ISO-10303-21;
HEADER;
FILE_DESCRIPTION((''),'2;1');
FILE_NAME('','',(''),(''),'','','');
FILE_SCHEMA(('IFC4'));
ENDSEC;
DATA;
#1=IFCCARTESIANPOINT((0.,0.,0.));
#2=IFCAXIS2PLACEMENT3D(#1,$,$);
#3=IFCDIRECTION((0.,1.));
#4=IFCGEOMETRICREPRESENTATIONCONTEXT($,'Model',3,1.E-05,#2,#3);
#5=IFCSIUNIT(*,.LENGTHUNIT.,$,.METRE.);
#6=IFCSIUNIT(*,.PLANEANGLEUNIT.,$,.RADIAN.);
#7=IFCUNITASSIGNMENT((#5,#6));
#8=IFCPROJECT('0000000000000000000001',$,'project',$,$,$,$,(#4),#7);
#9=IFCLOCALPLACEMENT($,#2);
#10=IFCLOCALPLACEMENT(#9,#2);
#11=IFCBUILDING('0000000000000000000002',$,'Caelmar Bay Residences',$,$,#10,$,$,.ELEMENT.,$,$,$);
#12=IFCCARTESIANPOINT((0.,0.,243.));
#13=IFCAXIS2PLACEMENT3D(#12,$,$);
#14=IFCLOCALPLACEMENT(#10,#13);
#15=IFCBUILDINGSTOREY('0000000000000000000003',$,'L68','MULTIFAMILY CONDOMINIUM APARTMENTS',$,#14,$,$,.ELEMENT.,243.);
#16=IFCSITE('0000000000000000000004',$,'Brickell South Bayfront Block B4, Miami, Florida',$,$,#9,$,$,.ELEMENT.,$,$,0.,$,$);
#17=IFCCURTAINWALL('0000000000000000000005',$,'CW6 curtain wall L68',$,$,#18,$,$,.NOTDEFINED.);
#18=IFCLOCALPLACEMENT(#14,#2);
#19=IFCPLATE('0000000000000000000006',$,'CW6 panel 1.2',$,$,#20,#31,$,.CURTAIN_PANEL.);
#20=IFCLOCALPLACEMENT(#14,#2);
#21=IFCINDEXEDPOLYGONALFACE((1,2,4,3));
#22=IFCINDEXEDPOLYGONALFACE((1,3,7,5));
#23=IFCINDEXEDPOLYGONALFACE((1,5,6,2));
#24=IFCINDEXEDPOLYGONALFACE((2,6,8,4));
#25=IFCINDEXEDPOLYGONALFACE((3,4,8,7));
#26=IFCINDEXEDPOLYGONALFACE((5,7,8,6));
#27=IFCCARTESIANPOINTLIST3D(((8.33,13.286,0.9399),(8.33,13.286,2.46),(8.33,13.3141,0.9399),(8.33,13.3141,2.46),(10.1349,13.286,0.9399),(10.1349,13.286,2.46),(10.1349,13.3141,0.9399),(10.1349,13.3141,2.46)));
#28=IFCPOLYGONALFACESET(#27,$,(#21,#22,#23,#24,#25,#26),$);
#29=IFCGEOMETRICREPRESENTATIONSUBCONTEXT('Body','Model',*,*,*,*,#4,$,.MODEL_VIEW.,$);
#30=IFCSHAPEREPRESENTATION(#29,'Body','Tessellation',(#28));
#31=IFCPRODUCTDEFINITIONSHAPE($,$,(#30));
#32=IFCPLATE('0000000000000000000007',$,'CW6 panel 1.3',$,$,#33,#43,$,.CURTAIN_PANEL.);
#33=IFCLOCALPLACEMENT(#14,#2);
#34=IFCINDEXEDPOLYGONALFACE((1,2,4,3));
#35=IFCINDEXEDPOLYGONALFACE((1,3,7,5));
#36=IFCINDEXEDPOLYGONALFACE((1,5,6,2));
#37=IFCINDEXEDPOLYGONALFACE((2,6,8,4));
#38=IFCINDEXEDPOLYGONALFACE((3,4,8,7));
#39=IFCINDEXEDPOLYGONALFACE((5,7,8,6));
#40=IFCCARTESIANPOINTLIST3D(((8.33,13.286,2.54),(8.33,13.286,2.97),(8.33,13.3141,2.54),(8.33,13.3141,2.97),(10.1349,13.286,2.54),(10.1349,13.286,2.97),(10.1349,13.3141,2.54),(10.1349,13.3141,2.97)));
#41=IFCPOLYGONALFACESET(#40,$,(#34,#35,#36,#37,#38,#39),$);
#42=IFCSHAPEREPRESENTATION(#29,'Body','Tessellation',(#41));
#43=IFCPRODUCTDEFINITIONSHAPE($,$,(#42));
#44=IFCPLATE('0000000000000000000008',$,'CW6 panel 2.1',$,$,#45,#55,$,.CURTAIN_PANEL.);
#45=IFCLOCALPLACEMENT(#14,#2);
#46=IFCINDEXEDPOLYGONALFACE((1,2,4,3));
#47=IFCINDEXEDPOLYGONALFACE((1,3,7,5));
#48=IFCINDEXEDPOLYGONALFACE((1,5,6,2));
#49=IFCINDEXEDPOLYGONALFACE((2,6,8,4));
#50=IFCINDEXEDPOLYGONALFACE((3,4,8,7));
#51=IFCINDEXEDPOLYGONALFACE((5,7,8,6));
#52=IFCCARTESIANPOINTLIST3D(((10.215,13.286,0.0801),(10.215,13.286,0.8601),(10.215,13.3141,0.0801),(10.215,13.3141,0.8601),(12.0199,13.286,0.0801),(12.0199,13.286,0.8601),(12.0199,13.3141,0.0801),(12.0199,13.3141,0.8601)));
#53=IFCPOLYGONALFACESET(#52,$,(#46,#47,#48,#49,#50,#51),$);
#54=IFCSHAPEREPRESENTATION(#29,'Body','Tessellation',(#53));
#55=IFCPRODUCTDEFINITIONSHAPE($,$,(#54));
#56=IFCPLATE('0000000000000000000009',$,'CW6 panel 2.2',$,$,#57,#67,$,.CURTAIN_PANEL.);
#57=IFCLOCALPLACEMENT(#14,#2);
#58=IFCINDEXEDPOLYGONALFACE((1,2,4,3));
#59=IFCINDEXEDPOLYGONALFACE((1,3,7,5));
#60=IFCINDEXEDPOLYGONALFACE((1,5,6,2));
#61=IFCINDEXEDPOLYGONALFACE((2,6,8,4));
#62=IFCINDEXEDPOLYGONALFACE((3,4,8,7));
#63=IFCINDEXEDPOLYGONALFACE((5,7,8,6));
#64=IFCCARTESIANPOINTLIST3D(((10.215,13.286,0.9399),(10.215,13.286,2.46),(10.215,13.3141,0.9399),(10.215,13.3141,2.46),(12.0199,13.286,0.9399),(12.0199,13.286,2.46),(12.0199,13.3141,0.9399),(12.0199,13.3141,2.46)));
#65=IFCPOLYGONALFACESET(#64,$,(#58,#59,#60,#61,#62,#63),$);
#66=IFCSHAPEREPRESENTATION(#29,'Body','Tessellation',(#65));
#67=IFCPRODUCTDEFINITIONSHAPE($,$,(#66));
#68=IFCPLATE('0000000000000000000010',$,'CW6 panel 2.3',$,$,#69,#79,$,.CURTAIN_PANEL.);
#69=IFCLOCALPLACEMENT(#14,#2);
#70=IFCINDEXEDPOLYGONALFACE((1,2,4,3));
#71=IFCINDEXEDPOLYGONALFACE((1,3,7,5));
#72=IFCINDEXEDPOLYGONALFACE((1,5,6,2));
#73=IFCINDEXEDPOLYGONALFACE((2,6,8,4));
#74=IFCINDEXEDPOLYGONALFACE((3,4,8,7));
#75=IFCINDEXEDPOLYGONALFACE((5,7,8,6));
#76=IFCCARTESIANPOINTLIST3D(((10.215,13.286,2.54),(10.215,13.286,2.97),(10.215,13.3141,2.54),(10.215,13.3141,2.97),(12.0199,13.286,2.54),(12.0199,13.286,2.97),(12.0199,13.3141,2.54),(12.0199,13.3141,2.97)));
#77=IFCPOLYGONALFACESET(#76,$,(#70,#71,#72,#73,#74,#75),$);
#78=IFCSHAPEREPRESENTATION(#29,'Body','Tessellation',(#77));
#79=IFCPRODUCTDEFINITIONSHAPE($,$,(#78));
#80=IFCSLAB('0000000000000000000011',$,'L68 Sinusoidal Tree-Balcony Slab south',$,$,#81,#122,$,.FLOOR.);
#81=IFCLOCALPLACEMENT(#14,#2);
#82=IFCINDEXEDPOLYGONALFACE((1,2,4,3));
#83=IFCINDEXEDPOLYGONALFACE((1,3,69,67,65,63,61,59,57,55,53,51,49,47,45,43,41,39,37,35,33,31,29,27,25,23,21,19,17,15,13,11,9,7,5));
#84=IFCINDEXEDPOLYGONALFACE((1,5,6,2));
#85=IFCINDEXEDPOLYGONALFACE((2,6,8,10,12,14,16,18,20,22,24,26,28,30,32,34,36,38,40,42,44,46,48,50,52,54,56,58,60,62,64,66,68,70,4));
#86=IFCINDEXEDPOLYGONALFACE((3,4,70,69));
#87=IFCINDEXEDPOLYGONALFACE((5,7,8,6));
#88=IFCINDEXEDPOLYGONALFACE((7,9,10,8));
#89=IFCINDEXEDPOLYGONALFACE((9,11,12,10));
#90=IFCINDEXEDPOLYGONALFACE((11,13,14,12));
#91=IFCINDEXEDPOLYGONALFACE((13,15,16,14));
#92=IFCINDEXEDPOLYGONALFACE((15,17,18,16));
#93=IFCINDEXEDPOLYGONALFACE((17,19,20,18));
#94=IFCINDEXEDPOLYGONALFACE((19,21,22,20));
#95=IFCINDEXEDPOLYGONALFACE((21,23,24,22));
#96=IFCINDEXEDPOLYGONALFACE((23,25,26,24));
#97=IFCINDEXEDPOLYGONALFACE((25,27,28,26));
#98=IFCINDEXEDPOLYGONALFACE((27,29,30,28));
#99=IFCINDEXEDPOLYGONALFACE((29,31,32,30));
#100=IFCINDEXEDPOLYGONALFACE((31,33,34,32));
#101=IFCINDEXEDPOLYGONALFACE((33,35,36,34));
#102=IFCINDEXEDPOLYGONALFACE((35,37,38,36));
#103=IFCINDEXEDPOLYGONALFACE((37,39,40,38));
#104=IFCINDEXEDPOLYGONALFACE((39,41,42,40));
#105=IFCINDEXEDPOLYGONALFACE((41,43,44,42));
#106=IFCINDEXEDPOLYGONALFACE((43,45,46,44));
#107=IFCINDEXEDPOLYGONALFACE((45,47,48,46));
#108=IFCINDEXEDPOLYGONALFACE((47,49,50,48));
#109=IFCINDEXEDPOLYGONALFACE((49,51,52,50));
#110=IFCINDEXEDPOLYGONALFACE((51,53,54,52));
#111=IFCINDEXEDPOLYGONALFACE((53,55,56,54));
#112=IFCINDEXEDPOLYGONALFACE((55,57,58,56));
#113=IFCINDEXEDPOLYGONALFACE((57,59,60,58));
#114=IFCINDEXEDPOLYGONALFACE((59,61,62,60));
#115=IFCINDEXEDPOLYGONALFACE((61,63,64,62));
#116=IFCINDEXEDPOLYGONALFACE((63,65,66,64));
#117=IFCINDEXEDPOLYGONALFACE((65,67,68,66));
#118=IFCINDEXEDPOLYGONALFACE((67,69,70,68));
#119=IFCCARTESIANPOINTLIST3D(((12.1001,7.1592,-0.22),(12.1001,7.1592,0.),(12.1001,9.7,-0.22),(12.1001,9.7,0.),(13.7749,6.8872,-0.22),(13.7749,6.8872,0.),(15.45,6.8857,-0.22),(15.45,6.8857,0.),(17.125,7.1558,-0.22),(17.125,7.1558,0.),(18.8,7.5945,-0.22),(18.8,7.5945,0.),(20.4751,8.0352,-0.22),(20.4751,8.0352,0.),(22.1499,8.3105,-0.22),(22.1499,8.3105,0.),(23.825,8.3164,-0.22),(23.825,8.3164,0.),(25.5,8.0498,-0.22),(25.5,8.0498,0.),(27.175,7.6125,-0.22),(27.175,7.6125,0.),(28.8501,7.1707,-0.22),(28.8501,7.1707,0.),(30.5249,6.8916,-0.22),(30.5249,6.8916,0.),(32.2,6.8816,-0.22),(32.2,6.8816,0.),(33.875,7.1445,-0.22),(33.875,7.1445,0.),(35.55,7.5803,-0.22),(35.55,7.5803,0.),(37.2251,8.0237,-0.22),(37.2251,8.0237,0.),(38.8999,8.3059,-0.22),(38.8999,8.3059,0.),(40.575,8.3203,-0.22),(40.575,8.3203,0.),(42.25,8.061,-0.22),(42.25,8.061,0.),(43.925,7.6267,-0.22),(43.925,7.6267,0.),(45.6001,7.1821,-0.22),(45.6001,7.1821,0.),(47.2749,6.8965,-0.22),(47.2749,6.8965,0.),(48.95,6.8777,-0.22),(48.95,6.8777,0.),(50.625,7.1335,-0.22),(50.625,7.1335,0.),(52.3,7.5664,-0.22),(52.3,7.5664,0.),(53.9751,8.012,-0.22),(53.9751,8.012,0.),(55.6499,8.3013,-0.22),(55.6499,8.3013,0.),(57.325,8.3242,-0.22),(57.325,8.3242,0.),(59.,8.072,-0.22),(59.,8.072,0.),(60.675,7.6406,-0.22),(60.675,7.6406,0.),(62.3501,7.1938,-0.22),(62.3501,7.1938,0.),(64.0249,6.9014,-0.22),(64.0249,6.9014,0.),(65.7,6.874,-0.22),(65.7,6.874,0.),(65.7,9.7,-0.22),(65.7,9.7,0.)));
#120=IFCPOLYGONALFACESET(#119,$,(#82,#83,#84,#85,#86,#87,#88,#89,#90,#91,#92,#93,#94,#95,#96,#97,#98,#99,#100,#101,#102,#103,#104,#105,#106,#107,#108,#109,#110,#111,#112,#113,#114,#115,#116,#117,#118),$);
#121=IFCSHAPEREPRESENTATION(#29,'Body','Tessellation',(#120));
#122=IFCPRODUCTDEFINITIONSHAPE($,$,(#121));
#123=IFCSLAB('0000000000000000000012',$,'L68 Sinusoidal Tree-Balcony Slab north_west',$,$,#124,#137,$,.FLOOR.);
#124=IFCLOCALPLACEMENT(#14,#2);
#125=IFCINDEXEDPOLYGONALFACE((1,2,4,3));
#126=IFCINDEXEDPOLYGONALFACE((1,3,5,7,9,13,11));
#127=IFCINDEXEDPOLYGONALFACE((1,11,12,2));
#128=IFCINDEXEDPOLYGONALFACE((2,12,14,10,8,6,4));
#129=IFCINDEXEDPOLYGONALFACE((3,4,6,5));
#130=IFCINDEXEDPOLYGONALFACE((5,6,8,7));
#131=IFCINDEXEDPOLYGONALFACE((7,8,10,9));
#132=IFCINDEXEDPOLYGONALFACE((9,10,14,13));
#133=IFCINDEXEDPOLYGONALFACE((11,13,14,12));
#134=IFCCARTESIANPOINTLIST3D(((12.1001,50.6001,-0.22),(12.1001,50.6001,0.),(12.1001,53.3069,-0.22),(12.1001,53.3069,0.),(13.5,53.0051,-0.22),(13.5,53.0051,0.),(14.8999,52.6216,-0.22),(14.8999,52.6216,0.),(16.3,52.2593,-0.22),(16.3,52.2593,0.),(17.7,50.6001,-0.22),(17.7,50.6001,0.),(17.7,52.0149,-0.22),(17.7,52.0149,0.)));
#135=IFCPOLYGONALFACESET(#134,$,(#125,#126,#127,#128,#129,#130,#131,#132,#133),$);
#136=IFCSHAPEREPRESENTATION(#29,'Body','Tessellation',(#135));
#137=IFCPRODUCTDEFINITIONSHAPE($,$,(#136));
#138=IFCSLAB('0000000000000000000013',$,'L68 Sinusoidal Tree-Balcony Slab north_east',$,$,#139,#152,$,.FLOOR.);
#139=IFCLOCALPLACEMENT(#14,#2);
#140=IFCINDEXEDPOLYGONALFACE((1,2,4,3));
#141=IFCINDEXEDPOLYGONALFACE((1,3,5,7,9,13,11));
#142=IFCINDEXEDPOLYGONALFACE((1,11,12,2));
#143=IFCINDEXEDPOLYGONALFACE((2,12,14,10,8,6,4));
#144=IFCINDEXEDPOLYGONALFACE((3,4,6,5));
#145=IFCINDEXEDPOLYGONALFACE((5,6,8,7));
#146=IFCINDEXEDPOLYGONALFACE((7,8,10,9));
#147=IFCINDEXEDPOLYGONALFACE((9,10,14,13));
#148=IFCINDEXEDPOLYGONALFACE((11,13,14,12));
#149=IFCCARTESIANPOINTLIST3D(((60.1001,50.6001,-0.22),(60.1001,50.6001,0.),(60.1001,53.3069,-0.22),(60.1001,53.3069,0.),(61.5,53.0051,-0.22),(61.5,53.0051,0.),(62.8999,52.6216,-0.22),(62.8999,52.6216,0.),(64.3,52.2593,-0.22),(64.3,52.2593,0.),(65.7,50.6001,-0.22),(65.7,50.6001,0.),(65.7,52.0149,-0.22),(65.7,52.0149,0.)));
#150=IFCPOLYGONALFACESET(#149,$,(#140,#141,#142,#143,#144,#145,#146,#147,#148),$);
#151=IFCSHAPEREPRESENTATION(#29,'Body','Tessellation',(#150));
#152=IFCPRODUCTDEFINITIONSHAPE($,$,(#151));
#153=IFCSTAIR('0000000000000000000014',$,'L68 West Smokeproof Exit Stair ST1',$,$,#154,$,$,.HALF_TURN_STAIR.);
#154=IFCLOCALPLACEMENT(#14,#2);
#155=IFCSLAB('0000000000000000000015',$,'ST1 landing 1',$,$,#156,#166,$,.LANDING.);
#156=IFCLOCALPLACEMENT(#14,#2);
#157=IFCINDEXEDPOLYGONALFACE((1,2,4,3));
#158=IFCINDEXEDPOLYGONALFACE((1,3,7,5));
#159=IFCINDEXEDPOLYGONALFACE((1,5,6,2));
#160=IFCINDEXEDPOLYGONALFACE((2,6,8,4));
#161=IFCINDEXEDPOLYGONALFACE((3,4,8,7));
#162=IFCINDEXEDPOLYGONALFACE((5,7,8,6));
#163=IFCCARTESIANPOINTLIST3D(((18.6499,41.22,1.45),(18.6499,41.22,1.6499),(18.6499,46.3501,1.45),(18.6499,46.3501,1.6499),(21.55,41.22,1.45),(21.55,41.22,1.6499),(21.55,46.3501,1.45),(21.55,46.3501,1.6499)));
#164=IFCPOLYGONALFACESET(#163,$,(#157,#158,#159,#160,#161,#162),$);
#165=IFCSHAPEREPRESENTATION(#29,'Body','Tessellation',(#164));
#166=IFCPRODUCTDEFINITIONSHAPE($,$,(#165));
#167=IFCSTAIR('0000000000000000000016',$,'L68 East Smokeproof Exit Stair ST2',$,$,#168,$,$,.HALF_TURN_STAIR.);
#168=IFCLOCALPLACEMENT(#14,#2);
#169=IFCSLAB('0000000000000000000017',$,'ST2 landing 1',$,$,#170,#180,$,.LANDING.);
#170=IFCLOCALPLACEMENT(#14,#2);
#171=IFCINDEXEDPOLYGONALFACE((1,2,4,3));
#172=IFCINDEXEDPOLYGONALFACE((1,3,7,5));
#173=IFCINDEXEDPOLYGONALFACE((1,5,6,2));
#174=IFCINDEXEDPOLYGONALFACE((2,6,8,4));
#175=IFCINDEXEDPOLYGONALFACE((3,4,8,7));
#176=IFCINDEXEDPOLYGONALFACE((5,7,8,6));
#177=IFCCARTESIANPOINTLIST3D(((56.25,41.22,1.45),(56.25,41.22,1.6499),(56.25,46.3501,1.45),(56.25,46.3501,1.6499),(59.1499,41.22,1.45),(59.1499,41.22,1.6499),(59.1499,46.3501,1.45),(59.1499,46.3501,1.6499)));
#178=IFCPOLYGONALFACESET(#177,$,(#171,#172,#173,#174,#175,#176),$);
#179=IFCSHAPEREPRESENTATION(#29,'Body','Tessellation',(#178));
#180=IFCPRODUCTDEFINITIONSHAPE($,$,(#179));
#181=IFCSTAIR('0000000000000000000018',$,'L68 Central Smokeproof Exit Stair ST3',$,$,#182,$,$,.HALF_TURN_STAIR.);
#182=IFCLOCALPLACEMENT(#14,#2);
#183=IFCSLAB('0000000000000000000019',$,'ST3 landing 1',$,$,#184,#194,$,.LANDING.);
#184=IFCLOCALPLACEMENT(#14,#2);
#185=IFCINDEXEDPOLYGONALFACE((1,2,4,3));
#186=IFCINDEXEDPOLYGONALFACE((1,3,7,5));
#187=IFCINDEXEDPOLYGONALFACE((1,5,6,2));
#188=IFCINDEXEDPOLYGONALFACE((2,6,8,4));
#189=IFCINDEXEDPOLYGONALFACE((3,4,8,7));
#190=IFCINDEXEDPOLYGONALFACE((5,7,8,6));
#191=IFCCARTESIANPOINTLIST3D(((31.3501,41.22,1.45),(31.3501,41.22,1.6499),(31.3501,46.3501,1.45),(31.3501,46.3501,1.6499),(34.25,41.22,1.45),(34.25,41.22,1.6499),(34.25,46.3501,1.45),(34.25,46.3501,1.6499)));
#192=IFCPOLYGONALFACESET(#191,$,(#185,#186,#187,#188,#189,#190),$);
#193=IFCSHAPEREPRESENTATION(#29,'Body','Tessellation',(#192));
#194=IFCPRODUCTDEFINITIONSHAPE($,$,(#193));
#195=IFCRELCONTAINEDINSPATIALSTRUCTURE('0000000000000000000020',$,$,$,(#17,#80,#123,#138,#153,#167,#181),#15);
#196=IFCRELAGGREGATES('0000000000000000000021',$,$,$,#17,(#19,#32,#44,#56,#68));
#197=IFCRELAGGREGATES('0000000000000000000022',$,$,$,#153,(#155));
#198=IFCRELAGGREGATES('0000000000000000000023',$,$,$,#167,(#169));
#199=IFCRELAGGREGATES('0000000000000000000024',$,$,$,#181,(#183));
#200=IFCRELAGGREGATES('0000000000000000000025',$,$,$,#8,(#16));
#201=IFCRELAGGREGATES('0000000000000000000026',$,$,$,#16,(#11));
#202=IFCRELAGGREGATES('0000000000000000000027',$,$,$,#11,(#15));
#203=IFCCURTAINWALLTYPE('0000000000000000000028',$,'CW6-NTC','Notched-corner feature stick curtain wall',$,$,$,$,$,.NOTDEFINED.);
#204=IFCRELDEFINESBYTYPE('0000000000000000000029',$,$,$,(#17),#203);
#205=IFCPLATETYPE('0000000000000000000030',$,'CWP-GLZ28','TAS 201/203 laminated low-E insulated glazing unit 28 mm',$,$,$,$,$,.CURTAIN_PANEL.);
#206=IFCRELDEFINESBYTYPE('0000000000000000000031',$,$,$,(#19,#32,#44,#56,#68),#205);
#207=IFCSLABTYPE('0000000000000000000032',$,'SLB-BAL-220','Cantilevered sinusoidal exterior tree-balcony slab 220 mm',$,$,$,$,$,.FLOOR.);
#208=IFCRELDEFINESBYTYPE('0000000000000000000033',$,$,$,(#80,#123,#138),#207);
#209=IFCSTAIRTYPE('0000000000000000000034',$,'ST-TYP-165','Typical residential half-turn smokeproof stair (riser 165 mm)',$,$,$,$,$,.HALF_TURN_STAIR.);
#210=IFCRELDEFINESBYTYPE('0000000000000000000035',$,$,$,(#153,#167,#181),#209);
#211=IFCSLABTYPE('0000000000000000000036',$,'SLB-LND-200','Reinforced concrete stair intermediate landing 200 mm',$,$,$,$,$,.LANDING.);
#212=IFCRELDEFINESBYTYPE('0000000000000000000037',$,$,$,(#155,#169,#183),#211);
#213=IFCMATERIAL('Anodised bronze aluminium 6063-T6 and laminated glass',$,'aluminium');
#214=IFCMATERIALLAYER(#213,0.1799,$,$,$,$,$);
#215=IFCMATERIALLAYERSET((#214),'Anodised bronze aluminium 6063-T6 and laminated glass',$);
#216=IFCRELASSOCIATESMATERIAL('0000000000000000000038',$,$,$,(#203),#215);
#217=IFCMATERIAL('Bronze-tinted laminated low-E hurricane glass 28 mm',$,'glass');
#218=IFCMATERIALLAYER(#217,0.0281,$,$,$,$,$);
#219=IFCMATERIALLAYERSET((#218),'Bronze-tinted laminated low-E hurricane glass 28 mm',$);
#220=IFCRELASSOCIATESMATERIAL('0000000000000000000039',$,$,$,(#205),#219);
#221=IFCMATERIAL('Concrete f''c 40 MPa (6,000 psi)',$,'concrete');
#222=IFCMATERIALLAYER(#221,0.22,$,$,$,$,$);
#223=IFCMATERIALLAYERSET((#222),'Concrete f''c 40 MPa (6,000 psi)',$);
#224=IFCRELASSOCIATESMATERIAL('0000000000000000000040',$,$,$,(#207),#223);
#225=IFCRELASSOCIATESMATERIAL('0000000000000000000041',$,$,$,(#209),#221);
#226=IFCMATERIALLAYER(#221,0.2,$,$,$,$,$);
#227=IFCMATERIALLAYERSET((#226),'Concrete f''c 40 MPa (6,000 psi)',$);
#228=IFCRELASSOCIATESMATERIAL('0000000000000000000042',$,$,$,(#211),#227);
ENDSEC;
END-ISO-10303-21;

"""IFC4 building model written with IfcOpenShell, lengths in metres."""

from ifc_helpers import new_model, si_unit, direction, frame, origin, origin_2d, place, context, subcontext, project, spatial, polyline, rectangle, outline, extrude, material, layer, layer_set, type_object, element, aggregate, save


model = new_model("IFC4")

# Units and contexts
model_context = context("Model", 3, precision=1e-05, world=origin(), true_north=direction((0.0, 1.0)))
body_context = subcontext(model_context, "Body", "Model", "MODEL_VIEW")
ifc_project = project(units=[si_unit("LENGTHUNIT", "METRE"), si_unit("PLANEANGLEUNIT", "RADIAN")], contexts=[model_context])

# Site, building, storey
site_placement = place(None, origin())
site = spatial("IfcSite", under=ifc_project, at=site_placement, Name="Brickell South Bayfront Block B4, Miami, Florida", CompositionType="ELEMENT", RefElevation=0.0)
building_placement = place(site_placement, origin())
building = spatial("IfcBuilding", under=site, at=building_placement, Name="Caelmar Bay Residences", CompositionType="ELEMENT")
storey_placement = place(building_placement, frame((0.0, 0.0, 243.0)))
storey = spatial("IfcBuildingStorey", under=building, at=storey_placement, Name="L68", Description="MULTIFAMILY CONDOMINIUM APARTMENTS", CompositionType="ELEMENT", Elevation=243.0)

# Curtain wall
ifc_material_1 = material(Name="Anodised bronze aluminium 6063-T6 and laminated glass", Category="aluminium")
ifc_layer_1 = layer(ifc_material_1, 0.1799)
ifc_layer_set_1 = layer_set([ifc_layer_1], Name="Anodised bronze aluminium 6063-T6 and laminated glass")
curtain_wall_type_1 = type_object("IfcCurtainWallType", Name="CW6-NTC", Description="Notched-corner feature stick curtain wall", PredefinedType="NOTDEFINED", material=ifc_layer_set_1)
curtain_wall_1_placement = place(storey_placement, origin())
curtain_wall_1 = element("IfcCurtainWall", 1, at=curtain_wall_1_placement, inside=storey, type_object=curtain_wall_type_1, Name="CW6 curtain wall L68", PredefinedType="NOTDEFINED")

# Plates
ifc_material_2 = material(Name="Bronze-tinted laminated low-E hurricane glass 28 mm", Category="glass")
ifc_layer_2 = layer(ifc_material_2, 0.0281)
ifc_layer_set_2 = layer_set([ifc_layer_2], Name="Bronze-tinted laminated low-E hurricane glass 28 mm")
plate_type = type_object("IfcPlateType", Name="CWP-GLZ28", Description="TAS 201/203 laminated low-E insulated glazing unit 28 mm", PredefinedType="CURTAIN_PANEL", material=ifc_layer_set_2)
plate_1_placement = place(storey_placement, frame((9.2324, 13.3, 0.9399), z_axis=(0.0, 0.0, 1.0), x_axis=(1.0, 0.0, 0.0)))
plate_1 = element("IfcPlate", 2, at=plate_1_placement, type_object=plate_type, Name="CW6 panel 1.2", PredefinedType="CURTAIN_PANEL", context=body_context, shape_type="SweptSolid", body=[
    extrude(rectangle(XDim=1.8049, YDim=0.0281, at=origin_2d()), origin(), (0.0, 0.0, 1.0), 1.52),
])
plate_2_placement = place(storey_placement, frame((9.2324, 13.3, 2.54), z_axis=(0.0, 0.0, 1.0), x_axis=(1.0, 0.0, 0.0)))
plate_2 = element("IfcPlate", 3, at=plate_2_placement, type_object=plate_type, Name="CW6 panel 1.3", PredefinedType="CURTAIN_PANEL", context=body_context, shape_type="SweptSolid", body=[
    extrude(rectangle(XDim=1.8049, YDim=0.0281, at=origin_2d()), origin(), (0.0, 0.0, 1.0), 0.4299),
])
plate_3_placement = place(storey_placement, frame((11.1174, 13.3, 0.0801), z_axis=(0.0, 0.0, 1.0), x_axis=(1.0, 0.0, 0.0)))
plate_3 = element("IfcPlate", 4, at=plate_3_placement, type_object=plate_type, Name="CW6 panel 2.1", PredefinedType="CURTAIN_PANEL", context=body_context, shape_type="SweptSolid", body=[
    extrude(rectangle(XDim=1.8049, YDim=0.0281, at=origin_2d()), origin(), (0.0, 0.0, 1.0), 0.78),
])
plate_4_placement = place(storey_placement, frame((11.1174, 13.3, 0.9399), z_axis=(0.0, 0.0, 1.0), x_axis=(1.0, 0.0, 0.0)))
plate_4 = element("IfcPlate", 5, at=plate_4_placement, type_object=plate_type, Name="CW6 panel 2.2", PredefinedType="CURTAIN_PANEL", context=body_context, shape_type="SweptSolid", body=[
    extrude(rectangle(XDim=1.8049, YDim=0.0281, at=origin_2d()), origin(), (0.0, 0.0, 1.0), 1.52),
])
plate_5_placement = place(storey_placement, frame((11.1174, 13.3, 2.54), z_axis=(0.0, 0.0, 1.0), x_axis=(1.0, 0.0, 0.0)))
plate_5 = element("IfcPlate", 6, at=plate_5_placement, type_object=plate_type, Name="CW6 panel 2.3", PredefinedType="CURTAIN_PANEL", context=body_context, shape_type="SweptSolid", body=[
    extrude(rectangle(XDim=1.8049, YDim=0.0281, at=origin_2d()), origin(), (0.0, 0.0, 1.0), 0.4299),
])
aggregate(curtain_wall_1, [plate_1, plate_2, plate_3, plate_4, plate_5])

# Slabs
ifc_material_3 = material(Name="Concrete f'c 40 MPa (6,000 psi)", Category="concrete")
ifc_layer_3 = layer(ifc_material_3, 0.22)
ifc_layer_set_3 = layer_set([ifc_layer_3], Name="Concrete f'c 40 MPa (6,000 psi)")
slab_type_1 = type_object("IfcSlabType", Name="SLB-BAL-220", Description="Cantilevered sinusoidal exterior tree-balcony slab 220 mm", PredefinedType="FLOOR", material=ifc_layer_set_3)
slab_1_placement = place(storey_placement, frame((0.0, 0.0, -0.22)))
element("IfcSlab", 7, at=slab_1_placement, inside=storey, type_object=slab_type_1, Name="L68 Sinusoidal Tree-Balcony Slab south", PredefinedType="FLOOR", context=body_context, shape_type="SweptSolid", body=[
    extrude(outline(polyline([(12.1001, 7.1592), (13.7749, 6.8872), (15.45, 6.8857), (17.125, 7.1558), (18.8, 7.5945), (20.4751, 8.0352), (22.1499, 8.3105), (23.825, 8.3164), (25.5, 8.0498), (27.175, 7.6125), (28.8501, 7.1707), (30.5249, 6.8916), (32.2, 6.8816), (33.875, 7.1445), (35.55, 7.5803), (37.2251, 8.0237), (38.8999, 8.3059), (40.575, 8.3203), (42.25, 8.061), (43.925, 7.6267), (45.6001, 7.1821), (47.2749, 6.8965), (48.95, 6.8777), (50.625, 7.1335), (52.3, 7.5664), (53.9751, 8.012), (55.6499, 8.3013), (57.325, 8.3242), (59.0, 8.072), (60.675, 7.6406), (62.3501, 7.1938), (64.0249, 6.9014), (65.7, 6.874), (65.7, 9.7), (12.1001, 9.7), (12.1001, 7.1592)])), origin(), (0.0, 0.0, 1.0), 0.22),
])
slab_2_placement = place(storey_placement, frame((0.0, 0.0, -0.22)))
element("IfcSlab", 8, at=slab_2_placement, inside=storey, type_object=slab_type_1, Name="L68 Sinusoidal Tree-Balcony Slab north_west", PredefinedType="FLOOR", context=body_context, shape_type="SweptSolid", body=[
    extrude(outline(polyline([(12.1001, 50.6001), (17.7, 50.6001), (17.7, 52.0149), (16.3, 52.2593), (14.8999, 52.6216), (13.5, 53.0051), (12.1001, 53.3069), (12.1001, 50.6001)])), origin(), (0.0, 0.0, 1.0), 0.22),
])
slab_3_placement = place(storey_placement, frame((0.0, 0.0, -0.22)))
element("IfcSlab", 9, at=slab_3_placement, inside=storey, type_object=slab_type_1, Name="L68 Sinusoidal Tree-Balcony Slab north_east", PredefinedType="FLOOR", context=body_context, shape_type="SweptSolid", body=[
    extrude(outline(polyline([(60.1001, 50.6001), (65.7, 50.6001), (65.7, 52.0149), (64.3, 52.2593), (62.8999, 52.6216), (61.5, 53.0051), (60.1001, 53.3069), (60.1001, 50.6001)])), origin(), (0.0, 0.0, 1.0), 0.22),
])

# Stairs, slabs
stair_type = type_object("IfcStairType", Name="ST-TYP-165", Description="Typical residential half-turn smokeproof stair (riser 165 mm)", PredefinedType="HALF_TURN_STAIR", material=ifc_material_3)
stair_1_placement = place(storey_placement, origin())
stair_1 = element("IfcStair", 10, at=stair_1_placement, inside=storey, type_object=stair_type, Name="L68 West Smokeproof Exit Stair ST1", PredefinedType="HALF_TURN_STAIR")
ifc_layer_4 = layer(ifc_material_3, 0.2)
ifc_layer_set_4 = layer_set([ifc_layer_4], Name="Concrete f'c 40 MPa (6,000 psi)")
slab_type_2 = type_object("IfcSlabType", Name="SLB-LND-200", Description="Reinforced concrete stair intermediate landing 200 mm", PredefinedType="LANDING", material=ifc_layer_set_4)
slab_4_placement = place(storey_placement, frame((0.0, 0.0, 1.45)))
slab_4 = element("IfcSlab", 11, at=slab_4_placement, type_object=slab_type_2, Name="ST1 landing 1", PredefinedType="LANDING", context=body_context, shape_type="SweptSolid", body=[
    extrude(outline(polyline([(21.55, 41.22), (21.55, 46.3501), (18.6499, 46.3501), (18.6499, 41.22), (21.55, 41.22)])), origin(), (0.0, 0.0, 1.0), 0.2),
])
aggregate(stair_1, [slab_4])
stair_2_placement = place(storey_placement, origin())
stair_2 = element("IfcStair", 12, at=stair_2_placement, inside=storey, type_object=stair_type, Name="L68 East Smokeproof Exit Stair ST2", PredefinedType="HALF_TURN_STAIR")
slab_5_placement = place(storey_placement, frame((0.0, 0.0, 1.45)))
slab_5 = element("IfcSlab", 13, at=slab_5_placement, type_object=slab_type_2, Name="ST2 landing 1", PredefinedType="LANDING", context=body_context, shape_type="SweptSolid", body=[
    extrude(outline(polyline([(59.1499, 41.22), (59.1499, 46.3501), (56.25, 46.3501), (56.25, 41.22), (59.1499, 41.22)])), origin(), (0.0, 0.0, 1.0), 0.2),
])
aggregate(stair_2, [slab_5])
stair_3_placement = place(storey_placement, origin())
stair_3 = element("IfcStair", 14, at=stair_3_placement, inside=storey, type_object=stair_type, Name="L68 Central Smokeproof Exit Stair ST3", PredefinedType="HALF_TURN_STAIR")
slab_6_placement = place(storey_placement, frame((0.0, 0.0, 1.45)))
slab_6 = element("IfcSlab", 15, at=slab_6_placement, type_object=slab_type_2, Name="ST3 landing 1", PredefinedType="LANDING", context=body_context, shape_type="SweptSolid", body=[
    extrude(outline(polyline([(34.25, 41.22), (34.25, 46.3501), (31.3501, 46.3501), (31.3501, 41.22), (34.25, 41.22)])), origin(), (0.0, 0.0, 1.0), 0.2),
])
aggregate(stair_3, [slab_6])

save(model, "model.ifc")
